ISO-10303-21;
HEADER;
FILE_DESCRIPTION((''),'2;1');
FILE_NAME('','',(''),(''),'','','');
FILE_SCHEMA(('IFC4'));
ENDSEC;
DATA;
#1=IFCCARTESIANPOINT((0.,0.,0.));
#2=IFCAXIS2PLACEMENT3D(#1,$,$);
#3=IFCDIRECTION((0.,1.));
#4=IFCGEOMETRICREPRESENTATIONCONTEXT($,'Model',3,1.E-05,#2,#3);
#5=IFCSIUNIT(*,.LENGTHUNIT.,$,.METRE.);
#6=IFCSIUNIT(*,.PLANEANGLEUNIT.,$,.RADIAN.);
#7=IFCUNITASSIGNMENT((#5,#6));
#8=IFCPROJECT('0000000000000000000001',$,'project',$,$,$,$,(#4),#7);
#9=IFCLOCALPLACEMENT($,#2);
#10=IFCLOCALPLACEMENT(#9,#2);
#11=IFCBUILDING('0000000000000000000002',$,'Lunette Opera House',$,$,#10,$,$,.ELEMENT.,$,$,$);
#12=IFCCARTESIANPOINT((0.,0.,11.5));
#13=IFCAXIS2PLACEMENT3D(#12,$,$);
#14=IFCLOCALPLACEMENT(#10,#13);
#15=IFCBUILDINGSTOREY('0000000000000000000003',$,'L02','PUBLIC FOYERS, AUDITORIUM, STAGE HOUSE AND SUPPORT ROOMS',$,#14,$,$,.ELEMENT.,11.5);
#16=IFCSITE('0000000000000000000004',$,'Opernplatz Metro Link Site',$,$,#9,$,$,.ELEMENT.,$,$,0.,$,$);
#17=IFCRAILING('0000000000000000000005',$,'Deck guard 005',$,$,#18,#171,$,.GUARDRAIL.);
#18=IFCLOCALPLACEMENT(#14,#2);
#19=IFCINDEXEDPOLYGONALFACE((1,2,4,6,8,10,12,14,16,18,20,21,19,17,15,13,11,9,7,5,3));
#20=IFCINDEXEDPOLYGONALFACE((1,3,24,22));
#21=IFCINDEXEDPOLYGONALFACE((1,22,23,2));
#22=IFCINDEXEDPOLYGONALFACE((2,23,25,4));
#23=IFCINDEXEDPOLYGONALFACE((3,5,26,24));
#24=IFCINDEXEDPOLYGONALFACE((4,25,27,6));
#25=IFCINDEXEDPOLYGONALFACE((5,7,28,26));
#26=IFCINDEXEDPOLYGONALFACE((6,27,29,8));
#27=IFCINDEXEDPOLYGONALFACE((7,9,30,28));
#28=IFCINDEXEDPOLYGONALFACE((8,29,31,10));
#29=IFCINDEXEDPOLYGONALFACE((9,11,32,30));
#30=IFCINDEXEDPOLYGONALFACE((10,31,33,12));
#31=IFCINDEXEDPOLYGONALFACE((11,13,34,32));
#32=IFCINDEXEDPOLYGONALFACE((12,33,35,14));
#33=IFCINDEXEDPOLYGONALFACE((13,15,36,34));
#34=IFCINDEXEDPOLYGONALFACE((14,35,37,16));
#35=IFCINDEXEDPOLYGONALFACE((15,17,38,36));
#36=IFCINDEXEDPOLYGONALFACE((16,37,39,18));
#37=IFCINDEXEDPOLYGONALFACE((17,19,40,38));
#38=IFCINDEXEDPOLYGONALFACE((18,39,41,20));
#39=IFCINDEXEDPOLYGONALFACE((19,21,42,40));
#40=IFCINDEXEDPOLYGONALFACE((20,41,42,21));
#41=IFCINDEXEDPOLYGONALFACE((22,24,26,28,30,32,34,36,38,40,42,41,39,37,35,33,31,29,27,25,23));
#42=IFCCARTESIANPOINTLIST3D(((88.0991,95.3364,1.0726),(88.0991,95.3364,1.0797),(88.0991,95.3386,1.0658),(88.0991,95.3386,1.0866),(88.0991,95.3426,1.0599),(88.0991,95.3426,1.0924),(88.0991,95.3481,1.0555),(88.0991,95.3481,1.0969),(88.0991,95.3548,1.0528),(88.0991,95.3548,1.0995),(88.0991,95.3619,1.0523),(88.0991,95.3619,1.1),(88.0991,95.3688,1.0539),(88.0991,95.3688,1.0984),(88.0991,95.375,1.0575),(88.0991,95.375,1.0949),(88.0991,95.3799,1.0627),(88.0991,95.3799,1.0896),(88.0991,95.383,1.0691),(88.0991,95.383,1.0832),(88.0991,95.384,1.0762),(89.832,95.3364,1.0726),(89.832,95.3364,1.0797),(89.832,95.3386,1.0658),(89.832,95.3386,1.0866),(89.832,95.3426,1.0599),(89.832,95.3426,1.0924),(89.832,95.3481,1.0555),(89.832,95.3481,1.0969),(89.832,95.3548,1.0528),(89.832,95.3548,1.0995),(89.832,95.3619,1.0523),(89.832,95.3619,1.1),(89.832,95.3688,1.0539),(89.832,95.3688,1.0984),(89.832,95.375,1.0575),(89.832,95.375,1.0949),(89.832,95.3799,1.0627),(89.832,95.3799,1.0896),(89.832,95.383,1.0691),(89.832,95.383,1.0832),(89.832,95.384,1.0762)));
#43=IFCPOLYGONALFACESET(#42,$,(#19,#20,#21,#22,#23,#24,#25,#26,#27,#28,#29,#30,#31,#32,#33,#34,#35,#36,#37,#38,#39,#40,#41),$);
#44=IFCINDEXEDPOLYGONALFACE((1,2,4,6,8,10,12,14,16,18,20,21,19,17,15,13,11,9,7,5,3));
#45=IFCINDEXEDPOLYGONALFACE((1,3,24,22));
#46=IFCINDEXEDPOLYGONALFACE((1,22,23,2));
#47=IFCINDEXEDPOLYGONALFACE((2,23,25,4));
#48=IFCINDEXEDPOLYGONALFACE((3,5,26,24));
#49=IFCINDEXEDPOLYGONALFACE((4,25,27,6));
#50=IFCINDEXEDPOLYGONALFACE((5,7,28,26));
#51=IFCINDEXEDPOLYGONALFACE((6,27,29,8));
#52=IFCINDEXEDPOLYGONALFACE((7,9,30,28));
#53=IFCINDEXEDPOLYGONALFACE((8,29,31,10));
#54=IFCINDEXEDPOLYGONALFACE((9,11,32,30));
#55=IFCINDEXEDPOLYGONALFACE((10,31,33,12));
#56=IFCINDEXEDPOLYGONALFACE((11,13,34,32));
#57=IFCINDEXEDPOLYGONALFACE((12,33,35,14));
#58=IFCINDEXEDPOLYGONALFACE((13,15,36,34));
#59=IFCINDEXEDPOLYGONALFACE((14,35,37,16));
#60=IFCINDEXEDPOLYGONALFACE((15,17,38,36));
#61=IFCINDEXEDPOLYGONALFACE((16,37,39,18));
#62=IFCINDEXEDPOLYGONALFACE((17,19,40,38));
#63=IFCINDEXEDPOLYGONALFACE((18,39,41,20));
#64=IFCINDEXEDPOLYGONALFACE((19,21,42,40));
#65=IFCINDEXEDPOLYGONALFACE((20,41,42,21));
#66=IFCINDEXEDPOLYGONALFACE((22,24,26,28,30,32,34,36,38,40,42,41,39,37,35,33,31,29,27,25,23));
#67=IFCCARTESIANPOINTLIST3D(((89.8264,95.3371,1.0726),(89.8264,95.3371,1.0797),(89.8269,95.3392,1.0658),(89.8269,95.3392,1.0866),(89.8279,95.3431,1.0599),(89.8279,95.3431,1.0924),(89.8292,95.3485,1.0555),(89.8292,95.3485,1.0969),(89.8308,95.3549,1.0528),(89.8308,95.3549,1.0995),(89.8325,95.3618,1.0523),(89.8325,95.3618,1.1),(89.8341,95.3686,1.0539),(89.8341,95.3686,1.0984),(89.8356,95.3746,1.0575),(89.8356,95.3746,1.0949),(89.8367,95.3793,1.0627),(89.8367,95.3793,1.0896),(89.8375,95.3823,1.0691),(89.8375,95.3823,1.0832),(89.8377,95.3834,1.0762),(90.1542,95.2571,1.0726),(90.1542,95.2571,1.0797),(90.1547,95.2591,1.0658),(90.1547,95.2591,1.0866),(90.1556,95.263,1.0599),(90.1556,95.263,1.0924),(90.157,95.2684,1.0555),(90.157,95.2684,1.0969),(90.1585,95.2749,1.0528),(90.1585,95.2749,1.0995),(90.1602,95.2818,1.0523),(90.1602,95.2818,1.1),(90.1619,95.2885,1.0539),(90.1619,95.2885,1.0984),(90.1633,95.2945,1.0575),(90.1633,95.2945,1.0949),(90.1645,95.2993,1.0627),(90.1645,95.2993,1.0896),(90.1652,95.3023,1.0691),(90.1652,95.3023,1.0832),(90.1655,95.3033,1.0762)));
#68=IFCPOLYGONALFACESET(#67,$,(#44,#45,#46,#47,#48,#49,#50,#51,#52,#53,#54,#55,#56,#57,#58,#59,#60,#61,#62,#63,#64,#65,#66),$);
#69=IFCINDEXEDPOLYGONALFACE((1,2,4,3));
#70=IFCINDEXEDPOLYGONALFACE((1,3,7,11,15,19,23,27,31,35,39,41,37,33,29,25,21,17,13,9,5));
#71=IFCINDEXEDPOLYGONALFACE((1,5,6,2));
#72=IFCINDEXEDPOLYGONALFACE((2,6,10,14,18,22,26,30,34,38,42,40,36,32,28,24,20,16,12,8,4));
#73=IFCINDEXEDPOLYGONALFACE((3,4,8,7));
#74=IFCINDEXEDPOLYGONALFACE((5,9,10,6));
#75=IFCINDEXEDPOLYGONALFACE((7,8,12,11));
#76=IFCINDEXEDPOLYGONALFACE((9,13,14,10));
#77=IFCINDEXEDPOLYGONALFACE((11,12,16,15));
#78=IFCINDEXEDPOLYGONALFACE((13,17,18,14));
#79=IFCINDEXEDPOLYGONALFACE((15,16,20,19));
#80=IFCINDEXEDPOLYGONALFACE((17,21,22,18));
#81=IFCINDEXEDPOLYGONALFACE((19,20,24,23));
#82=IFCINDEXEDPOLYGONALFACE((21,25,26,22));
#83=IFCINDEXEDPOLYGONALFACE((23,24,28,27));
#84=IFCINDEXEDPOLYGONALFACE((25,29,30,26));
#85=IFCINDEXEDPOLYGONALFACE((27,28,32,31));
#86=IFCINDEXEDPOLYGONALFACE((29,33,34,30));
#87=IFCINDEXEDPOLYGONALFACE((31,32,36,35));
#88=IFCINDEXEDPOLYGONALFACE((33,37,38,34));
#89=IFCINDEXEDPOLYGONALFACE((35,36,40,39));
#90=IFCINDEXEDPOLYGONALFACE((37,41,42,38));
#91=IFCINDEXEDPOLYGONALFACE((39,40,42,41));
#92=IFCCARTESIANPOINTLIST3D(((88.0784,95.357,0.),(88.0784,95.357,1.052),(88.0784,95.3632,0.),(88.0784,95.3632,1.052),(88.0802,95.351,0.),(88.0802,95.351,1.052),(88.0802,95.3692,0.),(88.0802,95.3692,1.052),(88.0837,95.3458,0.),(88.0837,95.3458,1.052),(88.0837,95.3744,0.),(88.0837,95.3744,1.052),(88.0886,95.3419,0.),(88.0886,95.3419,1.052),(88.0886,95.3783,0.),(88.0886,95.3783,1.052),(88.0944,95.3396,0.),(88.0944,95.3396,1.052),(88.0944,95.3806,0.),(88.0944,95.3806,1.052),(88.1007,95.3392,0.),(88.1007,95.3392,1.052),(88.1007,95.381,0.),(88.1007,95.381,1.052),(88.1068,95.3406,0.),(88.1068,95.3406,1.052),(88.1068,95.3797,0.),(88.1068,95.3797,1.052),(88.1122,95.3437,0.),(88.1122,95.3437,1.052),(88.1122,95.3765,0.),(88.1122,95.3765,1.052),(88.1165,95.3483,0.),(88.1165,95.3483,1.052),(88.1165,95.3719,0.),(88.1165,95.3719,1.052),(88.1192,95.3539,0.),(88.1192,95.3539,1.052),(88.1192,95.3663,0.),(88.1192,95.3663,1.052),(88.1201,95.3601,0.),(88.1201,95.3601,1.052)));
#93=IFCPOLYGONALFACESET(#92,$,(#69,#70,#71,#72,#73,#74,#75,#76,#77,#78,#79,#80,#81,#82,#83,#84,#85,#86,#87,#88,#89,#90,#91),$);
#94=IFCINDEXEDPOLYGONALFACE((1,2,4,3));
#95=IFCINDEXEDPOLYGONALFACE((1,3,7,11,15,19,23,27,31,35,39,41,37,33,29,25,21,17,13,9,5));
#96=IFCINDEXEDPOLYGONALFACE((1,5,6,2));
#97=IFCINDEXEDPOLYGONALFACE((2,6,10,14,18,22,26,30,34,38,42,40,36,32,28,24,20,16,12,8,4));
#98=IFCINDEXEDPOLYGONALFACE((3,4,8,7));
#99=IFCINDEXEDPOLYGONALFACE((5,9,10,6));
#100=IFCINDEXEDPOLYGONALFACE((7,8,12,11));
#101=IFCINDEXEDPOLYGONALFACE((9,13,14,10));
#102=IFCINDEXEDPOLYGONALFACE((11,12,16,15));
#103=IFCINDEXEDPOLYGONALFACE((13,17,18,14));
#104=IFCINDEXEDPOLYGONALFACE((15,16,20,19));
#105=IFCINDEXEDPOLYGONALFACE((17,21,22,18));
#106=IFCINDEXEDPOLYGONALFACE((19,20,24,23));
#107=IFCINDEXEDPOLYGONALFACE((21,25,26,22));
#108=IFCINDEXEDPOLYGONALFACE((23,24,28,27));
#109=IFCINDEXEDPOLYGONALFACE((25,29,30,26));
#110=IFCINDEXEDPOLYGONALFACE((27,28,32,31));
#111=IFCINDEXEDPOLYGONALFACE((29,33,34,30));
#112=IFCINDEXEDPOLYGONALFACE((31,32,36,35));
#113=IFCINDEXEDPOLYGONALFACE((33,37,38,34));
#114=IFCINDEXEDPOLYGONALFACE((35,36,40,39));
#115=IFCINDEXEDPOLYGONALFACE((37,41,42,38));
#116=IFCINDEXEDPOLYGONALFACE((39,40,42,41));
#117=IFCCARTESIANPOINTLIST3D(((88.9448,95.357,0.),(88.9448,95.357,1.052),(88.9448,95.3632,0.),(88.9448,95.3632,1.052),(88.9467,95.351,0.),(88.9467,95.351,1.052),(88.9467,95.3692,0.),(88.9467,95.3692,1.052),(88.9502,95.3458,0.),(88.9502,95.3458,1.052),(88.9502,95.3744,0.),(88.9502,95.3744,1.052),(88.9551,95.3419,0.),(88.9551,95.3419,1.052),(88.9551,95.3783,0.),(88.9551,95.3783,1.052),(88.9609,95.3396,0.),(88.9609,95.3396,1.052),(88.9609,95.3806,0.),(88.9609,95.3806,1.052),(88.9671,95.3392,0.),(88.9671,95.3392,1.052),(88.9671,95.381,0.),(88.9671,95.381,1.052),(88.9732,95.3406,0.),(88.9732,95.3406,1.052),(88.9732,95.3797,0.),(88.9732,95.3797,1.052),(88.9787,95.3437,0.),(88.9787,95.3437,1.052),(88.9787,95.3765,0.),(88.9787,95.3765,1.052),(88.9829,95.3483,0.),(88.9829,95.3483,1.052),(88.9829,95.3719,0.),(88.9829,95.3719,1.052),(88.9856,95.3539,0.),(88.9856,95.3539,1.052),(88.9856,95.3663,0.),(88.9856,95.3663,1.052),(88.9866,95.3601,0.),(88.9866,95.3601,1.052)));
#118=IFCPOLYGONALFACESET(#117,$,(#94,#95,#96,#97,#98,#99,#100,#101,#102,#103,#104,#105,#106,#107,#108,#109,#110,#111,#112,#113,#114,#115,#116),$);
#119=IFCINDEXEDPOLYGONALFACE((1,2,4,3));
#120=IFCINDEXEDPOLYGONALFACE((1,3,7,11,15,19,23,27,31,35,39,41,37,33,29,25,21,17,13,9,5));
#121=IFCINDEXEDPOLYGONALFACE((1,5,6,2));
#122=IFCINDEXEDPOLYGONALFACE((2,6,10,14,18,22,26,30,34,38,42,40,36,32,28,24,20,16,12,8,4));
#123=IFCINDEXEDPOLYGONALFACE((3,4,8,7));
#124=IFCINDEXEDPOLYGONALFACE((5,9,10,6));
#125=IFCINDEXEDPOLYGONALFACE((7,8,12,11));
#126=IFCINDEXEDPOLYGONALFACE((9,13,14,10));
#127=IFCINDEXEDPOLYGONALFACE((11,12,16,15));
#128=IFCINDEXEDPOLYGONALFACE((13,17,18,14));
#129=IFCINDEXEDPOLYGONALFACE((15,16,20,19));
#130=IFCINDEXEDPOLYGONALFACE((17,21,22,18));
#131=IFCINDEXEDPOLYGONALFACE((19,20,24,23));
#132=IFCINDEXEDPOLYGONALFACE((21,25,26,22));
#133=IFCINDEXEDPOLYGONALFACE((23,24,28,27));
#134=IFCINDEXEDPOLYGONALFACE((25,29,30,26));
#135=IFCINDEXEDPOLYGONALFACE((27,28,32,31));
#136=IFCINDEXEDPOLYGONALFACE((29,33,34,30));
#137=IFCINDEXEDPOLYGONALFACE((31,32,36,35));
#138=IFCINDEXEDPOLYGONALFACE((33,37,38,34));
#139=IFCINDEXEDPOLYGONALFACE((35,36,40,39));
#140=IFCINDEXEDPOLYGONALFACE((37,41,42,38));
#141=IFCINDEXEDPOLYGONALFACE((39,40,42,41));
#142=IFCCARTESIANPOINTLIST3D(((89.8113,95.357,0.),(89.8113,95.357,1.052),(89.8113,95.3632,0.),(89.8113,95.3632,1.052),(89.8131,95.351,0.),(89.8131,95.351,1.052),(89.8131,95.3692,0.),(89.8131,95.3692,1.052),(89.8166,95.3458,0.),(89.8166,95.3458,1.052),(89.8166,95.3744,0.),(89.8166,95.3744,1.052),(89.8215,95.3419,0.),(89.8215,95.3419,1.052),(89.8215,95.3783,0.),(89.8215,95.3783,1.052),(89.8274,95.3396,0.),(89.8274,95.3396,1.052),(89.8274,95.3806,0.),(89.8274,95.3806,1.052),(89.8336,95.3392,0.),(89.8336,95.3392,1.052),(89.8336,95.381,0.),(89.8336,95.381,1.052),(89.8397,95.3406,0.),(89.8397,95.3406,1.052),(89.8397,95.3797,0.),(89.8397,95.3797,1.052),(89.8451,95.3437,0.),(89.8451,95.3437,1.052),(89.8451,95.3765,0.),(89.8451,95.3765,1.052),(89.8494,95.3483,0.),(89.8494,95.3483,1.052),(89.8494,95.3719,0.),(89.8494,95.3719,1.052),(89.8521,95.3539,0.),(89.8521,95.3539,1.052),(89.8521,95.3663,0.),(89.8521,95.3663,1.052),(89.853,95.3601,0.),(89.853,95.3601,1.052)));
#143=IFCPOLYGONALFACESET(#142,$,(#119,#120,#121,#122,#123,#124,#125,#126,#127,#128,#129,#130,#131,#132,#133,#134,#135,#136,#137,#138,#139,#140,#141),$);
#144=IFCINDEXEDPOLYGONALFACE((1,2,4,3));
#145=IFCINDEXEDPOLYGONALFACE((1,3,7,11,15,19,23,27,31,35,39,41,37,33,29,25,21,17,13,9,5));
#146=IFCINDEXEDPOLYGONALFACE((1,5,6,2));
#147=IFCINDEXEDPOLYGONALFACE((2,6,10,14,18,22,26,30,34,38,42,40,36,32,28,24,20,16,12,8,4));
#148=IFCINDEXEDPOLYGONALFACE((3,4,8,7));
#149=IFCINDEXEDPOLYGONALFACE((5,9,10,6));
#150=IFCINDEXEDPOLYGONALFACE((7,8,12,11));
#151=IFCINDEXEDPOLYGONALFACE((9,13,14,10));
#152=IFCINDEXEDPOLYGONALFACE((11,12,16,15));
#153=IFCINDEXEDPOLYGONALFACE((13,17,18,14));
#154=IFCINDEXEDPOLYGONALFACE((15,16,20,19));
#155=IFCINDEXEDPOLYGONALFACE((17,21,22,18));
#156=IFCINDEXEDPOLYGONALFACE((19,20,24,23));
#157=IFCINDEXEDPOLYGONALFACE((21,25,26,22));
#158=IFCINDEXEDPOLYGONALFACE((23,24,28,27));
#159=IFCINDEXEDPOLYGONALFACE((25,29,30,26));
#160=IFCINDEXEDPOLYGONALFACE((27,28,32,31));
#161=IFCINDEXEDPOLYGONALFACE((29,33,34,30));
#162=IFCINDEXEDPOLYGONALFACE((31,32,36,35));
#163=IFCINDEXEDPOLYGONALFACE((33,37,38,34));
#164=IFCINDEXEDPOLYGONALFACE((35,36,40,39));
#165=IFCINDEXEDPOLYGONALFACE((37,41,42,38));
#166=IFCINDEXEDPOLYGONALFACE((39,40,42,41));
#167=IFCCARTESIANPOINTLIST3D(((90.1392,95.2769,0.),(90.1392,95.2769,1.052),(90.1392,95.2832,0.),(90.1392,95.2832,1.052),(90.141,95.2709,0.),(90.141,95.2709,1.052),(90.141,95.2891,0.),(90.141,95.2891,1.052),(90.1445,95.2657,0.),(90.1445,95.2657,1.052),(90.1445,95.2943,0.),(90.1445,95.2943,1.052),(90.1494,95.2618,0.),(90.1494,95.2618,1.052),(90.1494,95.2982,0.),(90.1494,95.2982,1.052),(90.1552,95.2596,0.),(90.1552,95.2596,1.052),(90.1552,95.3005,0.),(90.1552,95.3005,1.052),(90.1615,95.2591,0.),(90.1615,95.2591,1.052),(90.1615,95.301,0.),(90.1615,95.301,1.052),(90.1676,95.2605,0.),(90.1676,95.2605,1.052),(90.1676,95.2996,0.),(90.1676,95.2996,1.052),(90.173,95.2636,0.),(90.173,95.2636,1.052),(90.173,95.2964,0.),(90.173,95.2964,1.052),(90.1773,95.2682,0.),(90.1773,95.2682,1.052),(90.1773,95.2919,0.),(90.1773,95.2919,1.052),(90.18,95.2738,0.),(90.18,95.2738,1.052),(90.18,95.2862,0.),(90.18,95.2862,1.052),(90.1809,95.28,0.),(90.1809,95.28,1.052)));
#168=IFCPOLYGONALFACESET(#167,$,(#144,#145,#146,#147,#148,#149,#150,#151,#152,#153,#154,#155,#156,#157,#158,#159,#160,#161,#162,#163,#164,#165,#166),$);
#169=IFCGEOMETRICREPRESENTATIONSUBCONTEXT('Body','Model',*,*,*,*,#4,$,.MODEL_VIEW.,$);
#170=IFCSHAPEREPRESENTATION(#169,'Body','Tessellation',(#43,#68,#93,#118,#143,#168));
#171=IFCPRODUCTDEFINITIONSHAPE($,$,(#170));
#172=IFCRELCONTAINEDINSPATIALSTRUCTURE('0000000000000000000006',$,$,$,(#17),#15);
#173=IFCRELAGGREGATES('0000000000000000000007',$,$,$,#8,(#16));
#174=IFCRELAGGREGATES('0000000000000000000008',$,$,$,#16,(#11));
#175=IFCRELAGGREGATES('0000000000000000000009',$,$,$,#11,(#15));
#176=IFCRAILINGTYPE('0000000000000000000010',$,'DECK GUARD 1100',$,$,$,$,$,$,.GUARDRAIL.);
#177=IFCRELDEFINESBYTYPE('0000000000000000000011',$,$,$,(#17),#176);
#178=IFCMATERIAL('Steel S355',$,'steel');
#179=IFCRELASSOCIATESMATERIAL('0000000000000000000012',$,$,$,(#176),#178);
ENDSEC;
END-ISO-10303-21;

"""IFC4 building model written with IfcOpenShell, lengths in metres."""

from ifc_helpers import new_model, si_unit, direction, frame, origin, origin_2d, place, context, subcontext, project, spatial, circle, extrude, material, type_object, element, save


model = new_model("IFC4")

# Units and contexts
model_context = context("Model", 3, precision=1e-05, world=origin(), true_north=direction((0.0, 1.0)))
body_context = subcontext(model_context, "Body", "Model", "MODEL_VIEW")
ifc_project = project(units=[si_unit("LENGTHUNIT", "METRE"), si_unit("PLANEANGLEUNIT", "RADIAN")], contexts=[model_context])

# Site, building, storey
site_placement = place(None, origin())
site = spatial("IfcSite", under=ifc_project, at=site_placement, Name="Opernplatz Metro Link Site", CompositionType="ELEMENT", RefElevation=0.0)
building_placement = place(site_placement, origin())
building = spatial("IfcBuilding", under=site, at=building_placement, Name="Lunette Opera House", CompositionType="ELEMENT")
storey_placement = place(building_placement, frame((0.0, 0.0, 11.5)))
storey = spatial("IfcBuildingStorey", under=building, at=storey_placement, Name="L02", Description="PUBLIC FOYERS, AUDITORIUM, STAGE HOUSE AND SUPPORT ROOMS", CompositionType="ELEMENT", Elevation=11.5)

# Railing
ifc_material_1 = material(Name="Steel S355", Category="steel")
railing_type_1 = type_object("IfcRailingType", Name="DECK GUARD 1100", PredefinedType="GUARDRAIL", material=ifc_material_1)
railing_1_placement = place(storey_placement, frame((88.0991, 95.3601, 0.0)))
element("IfcRailing", 1, at=railing_1_placement, inside=storey, type_object=railing_type_1, Name="Deck guard 005", PredefinedType="GUARDRAIL", context=body_context, shape_type="SweptSolid", body=[
    extrude(circle(Radius=0.0239, at=origin_2d()), frame((0.0, 0.0, 1.0762), z_axis=(1.0, 0.0, 0.0), x_axis=(0.0, 1.0, 0.0)), (0.0, 0.0, 1.0), 1.7329),
    extrude(circle(Radius=0.0239, at=origin_2d()), frame((1.7329, 0.0, 1.0762), z_axis=(0.971447, -0.237256, 0.0), x_axis=(0.237256, 0.971447, 0.0)), (0.0, 0.0, 1.0), 0.3374),
    extrude(circle(Radius=0.021, at=origin_2d()), origin(), (0.0, 0.0, 1.0), 1.052),
    extrude(circle(Radius=0.021, at=origin_2d()), frame((0.8665, 0.0, 0.0)), (0.0, 0.0, 1.0), 1.052),
    extrude(circle(Radius=0.021, at=origin_2d()), frame((1.7329, 0.0, 0.0)), (0.0, 0.0, 1.0), 1.052),
    extrude(circle(Radius=0.021, at=origin_2d()), frame((2.0608, -0.0801, 0.0)), (0.0, 0.0, 1.0), 1.052),
])

save(model, "model.ifc")
